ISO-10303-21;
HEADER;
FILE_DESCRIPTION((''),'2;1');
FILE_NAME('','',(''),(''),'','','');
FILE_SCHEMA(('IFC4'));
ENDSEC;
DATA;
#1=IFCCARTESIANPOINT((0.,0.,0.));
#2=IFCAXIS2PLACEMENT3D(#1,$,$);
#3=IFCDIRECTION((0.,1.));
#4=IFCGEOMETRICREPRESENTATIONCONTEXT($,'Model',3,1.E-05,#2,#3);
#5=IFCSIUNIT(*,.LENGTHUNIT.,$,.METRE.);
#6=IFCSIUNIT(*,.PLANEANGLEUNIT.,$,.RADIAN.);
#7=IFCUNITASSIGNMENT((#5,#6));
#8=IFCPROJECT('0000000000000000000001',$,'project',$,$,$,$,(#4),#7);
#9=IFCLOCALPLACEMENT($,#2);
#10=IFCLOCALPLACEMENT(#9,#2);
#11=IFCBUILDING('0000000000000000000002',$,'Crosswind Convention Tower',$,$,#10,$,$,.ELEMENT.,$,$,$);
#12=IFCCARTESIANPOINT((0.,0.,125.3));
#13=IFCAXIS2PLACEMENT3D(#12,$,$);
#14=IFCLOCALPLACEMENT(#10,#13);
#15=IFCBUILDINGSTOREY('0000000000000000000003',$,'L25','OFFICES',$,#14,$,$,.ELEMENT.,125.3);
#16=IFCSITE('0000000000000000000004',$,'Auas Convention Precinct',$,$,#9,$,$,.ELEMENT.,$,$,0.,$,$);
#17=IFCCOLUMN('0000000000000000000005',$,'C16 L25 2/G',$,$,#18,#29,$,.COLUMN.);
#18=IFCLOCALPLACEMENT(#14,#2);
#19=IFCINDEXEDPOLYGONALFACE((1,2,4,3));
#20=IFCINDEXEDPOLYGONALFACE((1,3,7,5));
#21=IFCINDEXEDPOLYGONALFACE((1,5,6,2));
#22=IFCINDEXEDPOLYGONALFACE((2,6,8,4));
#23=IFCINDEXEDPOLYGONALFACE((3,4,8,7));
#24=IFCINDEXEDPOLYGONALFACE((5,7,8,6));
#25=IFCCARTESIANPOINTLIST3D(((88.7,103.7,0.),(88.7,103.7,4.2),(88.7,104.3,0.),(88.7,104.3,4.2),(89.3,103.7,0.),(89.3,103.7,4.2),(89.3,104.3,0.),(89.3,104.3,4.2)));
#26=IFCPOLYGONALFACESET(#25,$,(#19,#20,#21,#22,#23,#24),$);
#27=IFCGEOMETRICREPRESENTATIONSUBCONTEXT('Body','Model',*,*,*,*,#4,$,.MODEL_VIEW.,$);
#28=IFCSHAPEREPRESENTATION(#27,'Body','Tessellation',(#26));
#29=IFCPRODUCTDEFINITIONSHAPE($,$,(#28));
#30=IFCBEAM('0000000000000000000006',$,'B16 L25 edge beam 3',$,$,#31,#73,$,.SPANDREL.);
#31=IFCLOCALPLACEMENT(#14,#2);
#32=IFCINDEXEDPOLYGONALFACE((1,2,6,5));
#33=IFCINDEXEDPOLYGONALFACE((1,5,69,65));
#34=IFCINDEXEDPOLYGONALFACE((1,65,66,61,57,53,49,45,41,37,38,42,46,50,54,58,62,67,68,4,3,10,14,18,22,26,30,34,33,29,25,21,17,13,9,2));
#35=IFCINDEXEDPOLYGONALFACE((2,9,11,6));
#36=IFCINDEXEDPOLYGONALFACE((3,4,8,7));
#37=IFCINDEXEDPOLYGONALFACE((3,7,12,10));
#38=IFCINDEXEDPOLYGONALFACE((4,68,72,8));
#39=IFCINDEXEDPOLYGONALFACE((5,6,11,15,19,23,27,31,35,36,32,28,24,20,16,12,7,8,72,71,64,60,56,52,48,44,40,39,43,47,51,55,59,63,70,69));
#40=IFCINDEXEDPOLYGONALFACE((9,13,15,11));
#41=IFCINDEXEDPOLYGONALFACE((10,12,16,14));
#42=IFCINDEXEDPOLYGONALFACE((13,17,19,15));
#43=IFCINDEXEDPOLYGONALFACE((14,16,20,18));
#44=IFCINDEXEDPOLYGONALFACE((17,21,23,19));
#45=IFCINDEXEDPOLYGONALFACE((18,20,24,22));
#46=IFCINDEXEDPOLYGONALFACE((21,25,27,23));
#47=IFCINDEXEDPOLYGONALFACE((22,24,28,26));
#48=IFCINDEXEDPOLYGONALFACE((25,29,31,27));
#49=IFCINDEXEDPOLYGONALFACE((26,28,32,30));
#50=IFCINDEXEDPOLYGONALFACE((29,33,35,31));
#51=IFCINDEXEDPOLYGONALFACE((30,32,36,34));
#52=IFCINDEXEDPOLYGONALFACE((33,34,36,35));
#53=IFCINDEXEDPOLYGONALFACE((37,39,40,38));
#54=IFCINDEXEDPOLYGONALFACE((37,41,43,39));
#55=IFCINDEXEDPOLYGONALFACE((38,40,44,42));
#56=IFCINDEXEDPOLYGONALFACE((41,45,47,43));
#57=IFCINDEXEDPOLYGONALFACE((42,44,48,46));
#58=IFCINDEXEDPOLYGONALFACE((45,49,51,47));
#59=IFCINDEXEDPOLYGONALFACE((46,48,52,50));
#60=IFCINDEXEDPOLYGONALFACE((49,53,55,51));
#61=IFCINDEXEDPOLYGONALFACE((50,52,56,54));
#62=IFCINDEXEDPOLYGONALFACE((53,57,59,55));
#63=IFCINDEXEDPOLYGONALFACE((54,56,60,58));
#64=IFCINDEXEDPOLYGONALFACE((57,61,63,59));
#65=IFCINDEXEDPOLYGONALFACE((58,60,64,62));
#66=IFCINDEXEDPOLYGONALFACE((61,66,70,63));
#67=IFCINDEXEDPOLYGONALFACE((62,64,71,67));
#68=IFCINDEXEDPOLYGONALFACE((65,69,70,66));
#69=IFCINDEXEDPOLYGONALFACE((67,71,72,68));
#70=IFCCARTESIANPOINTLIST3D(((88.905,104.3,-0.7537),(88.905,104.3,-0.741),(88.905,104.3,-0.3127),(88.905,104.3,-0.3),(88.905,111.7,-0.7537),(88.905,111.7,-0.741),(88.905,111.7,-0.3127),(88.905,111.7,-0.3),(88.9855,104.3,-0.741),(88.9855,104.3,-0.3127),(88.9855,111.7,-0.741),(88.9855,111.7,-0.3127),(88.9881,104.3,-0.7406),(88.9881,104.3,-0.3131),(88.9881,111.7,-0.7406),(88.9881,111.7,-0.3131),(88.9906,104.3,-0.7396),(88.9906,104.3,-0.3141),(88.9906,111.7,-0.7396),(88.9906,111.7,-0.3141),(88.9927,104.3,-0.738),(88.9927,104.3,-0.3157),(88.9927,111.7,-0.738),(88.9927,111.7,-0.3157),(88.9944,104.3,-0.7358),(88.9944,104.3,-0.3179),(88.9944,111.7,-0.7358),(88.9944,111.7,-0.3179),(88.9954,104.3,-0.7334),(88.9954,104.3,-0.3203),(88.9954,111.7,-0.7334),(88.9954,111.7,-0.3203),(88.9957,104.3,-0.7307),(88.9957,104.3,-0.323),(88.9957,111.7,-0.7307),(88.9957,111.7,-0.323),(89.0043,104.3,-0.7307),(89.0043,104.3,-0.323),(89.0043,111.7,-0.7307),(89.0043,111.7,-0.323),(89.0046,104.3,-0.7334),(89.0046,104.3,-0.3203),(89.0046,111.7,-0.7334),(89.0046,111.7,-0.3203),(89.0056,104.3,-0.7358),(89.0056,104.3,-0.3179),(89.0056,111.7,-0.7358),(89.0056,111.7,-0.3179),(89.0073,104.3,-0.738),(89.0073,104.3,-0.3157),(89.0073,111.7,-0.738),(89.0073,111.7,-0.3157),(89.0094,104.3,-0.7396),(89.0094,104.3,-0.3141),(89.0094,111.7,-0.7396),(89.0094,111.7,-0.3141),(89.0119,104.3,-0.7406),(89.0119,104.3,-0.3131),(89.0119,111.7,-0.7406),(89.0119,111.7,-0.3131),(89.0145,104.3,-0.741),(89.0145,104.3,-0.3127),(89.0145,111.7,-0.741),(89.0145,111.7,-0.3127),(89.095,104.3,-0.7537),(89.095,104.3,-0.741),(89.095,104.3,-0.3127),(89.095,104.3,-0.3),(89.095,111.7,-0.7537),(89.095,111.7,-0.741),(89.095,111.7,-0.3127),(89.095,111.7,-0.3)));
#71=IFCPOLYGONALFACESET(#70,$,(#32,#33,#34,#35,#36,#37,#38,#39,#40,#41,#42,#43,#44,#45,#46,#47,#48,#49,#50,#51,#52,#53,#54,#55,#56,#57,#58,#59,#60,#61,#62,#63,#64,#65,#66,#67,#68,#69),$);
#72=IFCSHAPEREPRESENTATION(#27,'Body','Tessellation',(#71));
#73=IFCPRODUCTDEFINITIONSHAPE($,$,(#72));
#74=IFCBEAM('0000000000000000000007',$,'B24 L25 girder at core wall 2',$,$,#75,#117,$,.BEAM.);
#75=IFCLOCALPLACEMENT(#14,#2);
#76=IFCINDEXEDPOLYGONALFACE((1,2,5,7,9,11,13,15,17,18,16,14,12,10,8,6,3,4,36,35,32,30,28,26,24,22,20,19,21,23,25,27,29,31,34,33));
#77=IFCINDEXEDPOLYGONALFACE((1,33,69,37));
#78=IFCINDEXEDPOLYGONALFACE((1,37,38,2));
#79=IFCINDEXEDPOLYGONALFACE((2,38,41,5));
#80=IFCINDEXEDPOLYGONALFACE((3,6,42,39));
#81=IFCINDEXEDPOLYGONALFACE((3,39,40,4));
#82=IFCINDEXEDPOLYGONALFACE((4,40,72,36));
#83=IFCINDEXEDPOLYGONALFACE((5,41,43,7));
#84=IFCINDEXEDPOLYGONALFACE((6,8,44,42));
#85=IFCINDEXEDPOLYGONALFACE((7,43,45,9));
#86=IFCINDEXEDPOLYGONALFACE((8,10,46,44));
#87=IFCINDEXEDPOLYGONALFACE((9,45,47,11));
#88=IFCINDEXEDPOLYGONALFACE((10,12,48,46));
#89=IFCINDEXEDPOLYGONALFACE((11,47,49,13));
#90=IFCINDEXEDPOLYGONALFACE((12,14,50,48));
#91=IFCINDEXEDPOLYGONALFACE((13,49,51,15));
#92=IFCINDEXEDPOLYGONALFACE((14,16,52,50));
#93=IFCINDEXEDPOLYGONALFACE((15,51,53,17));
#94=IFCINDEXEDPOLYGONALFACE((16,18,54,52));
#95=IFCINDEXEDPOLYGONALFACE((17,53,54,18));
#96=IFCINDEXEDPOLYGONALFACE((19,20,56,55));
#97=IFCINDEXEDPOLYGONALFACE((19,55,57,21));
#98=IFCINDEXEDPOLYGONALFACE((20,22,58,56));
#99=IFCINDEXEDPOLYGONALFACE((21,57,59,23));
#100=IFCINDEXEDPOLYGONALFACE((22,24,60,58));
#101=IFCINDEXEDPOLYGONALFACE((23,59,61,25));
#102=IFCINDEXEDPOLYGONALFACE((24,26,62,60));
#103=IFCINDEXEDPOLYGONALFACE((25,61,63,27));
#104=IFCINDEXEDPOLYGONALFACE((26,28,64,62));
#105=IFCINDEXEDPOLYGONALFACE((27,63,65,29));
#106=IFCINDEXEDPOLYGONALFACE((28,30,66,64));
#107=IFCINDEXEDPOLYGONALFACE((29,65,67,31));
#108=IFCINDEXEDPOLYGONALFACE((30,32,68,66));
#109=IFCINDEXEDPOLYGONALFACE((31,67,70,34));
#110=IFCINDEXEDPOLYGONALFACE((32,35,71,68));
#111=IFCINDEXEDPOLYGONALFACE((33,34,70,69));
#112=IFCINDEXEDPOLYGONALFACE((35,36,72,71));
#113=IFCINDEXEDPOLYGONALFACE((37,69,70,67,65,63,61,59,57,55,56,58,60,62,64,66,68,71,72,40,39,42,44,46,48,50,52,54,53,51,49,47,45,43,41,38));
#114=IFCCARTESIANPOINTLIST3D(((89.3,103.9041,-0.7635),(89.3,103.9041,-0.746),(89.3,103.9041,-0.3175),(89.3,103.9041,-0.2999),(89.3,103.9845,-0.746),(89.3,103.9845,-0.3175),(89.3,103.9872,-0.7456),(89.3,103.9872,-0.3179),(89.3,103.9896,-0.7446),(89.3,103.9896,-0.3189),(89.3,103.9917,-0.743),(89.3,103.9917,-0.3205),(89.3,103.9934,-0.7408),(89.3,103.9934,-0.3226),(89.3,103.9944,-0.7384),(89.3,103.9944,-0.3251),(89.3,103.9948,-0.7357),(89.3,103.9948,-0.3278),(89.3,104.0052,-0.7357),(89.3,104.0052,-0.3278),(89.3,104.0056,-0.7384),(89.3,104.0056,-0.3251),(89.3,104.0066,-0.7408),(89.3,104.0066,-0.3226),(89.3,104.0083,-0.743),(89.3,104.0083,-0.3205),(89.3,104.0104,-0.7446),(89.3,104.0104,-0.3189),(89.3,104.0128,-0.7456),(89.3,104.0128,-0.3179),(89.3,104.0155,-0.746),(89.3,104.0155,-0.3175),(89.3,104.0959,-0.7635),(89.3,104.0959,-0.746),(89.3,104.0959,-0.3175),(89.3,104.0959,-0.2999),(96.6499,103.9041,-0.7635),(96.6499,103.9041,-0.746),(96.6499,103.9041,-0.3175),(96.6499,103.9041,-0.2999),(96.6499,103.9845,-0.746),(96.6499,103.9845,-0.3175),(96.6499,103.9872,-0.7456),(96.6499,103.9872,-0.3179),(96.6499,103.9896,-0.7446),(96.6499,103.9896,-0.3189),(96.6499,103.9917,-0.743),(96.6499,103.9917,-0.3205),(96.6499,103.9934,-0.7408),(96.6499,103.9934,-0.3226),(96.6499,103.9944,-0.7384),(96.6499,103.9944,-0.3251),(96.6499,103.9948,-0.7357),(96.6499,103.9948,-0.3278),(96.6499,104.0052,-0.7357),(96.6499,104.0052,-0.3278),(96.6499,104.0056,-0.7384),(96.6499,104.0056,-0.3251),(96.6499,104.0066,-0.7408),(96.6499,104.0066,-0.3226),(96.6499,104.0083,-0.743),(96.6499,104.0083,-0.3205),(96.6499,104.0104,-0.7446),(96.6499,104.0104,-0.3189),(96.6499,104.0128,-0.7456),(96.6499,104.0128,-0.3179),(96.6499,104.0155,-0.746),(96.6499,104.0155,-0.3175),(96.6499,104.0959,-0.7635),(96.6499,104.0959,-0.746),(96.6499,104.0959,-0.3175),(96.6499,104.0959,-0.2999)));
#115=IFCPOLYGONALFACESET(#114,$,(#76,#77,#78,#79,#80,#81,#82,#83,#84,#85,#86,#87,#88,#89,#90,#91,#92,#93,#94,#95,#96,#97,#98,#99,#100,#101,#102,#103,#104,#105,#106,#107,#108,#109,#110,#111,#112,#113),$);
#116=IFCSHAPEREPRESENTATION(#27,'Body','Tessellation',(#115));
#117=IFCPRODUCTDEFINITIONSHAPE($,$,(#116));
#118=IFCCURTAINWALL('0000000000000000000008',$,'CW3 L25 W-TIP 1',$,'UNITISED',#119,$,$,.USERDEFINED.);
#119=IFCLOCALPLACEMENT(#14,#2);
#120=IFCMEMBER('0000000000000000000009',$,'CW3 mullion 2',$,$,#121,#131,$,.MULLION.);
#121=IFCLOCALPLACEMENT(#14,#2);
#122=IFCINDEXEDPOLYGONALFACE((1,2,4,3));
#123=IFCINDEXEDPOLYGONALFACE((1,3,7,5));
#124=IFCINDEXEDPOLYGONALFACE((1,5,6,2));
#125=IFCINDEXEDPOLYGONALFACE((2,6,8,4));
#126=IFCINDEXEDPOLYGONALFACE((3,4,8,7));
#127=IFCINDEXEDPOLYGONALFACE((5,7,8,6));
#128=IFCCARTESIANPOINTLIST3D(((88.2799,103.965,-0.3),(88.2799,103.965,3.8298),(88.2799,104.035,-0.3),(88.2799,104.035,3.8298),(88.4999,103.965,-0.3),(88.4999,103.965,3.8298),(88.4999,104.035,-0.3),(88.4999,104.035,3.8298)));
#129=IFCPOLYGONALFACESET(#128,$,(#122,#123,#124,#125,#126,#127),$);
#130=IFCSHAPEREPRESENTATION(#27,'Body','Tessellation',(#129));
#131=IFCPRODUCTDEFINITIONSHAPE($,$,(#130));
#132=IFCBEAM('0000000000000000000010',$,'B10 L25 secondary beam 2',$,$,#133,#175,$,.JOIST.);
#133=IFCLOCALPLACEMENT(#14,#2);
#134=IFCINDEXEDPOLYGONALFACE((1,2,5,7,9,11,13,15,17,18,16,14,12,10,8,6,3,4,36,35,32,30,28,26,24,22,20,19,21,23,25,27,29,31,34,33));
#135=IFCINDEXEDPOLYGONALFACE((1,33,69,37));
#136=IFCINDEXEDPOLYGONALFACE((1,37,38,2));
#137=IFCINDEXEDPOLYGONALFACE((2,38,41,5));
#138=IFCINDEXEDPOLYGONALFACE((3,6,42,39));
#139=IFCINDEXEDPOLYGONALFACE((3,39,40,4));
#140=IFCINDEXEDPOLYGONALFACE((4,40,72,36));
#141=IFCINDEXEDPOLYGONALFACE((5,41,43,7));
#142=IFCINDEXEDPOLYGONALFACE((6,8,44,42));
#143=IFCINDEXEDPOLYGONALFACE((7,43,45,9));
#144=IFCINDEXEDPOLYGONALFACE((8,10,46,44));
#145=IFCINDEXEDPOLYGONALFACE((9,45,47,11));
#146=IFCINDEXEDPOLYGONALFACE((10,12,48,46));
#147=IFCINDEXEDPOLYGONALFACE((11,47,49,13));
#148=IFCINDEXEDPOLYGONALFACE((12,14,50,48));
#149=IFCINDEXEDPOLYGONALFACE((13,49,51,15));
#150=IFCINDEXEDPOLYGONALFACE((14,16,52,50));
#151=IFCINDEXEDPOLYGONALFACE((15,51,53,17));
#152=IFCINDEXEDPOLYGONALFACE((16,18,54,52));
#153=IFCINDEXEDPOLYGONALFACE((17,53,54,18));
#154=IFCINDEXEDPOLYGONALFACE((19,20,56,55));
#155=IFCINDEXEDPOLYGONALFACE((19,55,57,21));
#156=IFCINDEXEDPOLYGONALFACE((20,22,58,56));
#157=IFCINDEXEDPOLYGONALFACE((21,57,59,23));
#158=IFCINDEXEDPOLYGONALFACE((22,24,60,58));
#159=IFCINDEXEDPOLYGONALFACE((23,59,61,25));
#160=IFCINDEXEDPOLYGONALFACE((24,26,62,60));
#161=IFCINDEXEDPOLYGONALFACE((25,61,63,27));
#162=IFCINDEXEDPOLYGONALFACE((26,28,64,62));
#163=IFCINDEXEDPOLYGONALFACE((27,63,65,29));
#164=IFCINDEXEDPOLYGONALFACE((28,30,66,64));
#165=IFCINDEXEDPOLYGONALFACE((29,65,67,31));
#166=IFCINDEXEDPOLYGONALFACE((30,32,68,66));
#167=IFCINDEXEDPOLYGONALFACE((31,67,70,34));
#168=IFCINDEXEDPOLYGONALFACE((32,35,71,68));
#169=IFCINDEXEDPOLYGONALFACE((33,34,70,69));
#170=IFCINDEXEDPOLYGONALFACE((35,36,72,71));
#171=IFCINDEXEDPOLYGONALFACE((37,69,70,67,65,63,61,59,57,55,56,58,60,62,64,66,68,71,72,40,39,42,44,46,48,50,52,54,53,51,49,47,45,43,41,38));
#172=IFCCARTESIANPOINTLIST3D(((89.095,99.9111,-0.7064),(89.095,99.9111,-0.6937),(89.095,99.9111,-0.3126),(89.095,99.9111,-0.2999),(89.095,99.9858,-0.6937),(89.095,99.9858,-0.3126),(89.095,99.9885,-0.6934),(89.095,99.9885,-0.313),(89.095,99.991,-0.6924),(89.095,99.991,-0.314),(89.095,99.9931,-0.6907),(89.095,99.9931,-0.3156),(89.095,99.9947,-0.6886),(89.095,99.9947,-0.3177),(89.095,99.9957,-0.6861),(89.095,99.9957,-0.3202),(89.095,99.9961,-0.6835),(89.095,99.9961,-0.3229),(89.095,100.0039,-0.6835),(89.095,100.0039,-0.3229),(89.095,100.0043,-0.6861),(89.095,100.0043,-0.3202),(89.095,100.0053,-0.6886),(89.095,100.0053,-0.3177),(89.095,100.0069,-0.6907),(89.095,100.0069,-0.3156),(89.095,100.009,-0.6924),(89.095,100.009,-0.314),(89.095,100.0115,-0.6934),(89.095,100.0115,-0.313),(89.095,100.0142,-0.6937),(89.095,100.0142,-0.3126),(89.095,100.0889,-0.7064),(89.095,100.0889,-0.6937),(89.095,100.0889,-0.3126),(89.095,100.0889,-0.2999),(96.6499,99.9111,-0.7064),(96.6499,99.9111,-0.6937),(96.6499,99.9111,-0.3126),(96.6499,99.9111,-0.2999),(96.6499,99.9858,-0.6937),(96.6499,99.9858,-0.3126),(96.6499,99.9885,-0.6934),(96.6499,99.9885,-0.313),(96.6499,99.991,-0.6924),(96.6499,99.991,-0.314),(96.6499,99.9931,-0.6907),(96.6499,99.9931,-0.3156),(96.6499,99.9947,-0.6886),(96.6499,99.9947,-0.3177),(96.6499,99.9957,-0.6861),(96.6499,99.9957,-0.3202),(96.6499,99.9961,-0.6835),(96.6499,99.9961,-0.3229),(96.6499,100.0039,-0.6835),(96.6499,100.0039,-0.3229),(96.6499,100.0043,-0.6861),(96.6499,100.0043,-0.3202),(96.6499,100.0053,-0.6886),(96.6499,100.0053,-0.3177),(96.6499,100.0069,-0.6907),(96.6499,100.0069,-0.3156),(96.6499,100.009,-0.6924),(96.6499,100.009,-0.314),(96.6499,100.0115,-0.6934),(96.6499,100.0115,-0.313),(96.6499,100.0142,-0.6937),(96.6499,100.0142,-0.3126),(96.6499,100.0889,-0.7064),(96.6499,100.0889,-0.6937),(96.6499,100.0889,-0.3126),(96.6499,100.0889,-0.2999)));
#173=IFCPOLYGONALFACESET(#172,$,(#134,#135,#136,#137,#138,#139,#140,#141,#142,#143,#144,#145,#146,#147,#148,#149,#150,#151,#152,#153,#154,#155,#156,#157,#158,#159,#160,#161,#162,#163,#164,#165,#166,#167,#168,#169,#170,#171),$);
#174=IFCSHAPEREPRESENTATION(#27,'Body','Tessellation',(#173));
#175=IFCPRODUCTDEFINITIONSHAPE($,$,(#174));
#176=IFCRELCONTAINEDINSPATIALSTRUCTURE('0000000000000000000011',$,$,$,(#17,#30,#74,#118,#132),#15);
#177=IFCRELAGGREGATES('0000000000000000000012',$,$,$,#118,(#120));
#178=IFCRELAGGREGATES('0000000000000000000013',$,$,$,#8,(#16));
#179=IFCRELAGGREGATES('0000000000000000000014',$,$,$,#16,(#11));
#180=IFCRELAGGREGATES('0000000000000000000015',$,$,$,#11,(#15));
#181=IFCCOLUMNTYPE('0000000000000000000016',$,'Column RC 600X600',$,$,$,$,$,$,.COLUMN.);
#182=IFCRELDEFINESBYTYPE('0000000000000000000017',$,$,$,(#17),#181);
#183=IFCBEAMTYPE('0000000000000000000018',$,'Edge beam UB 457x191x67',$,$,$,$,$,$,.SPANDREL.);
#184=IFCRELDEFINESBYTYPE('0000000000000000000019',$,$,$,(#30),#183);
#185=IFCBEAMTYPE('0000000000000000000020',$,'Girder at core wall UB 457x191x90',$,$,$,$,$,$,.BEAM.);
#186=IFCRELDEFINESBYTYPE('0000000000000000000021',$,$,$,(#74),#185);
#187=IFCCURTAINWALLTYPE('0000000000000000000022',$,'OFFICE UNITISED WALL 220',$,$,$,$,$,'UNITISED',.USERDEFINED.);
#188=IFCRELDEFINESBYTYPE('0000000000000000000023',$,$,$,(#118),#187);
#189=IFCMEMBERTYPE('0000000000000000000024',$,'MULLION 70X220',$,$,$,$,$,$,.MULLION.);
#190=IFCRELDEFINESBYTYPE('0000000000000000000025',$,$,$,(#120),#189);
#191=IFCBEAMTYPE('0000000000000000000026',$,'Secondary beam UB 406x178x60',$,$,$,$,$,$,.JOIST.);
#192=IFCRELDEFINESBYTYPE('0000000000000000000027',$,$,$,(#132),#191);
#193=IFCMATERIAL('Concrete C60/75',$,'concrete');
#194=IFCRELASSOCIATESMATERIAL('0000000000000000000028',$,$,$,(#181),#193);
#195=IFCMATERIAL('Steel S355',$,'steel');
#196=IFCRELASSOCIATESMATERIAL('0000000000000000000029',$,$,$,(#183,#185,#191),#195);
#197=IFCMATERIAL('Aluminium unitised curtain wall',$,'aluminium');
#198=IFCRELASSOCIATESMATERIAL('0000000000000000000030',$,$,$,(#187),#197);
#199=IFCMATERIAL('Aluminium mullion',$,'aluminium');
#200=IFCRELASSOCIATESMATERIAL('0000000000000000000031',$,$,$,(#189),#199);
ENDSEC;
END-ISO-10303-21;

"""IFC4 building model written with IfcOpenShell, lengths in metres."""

from ifc_helpers import new_model, si_unit, direction, frame, origin, origin_2d, place, context, subcontext, project, spatial, rectangle, i_section, extrude, material, material_profile, profile_set, type_object, element, aggregate, save


model = new_model("IFC4")

# Units and contexts
model_context = context("Model", 3, precision=1e-05, world=origin(), true_north=direction((0.0, 1.0)))
body_context = subcontext(model_context, "Body", "Model", "MODEL_VIEW")
ifc_project = project(units=[si_unit("LENGTHUNIT", "METRE"), si_unit("PLANEANGLEUNIT", "RADIAN")], contexts=[model_context])

# Site, building, storey
site_placement = place(None, origin())
site = spatial("IfcSite", under=ifc_project, at=site_placement, Name="Auas Convention Precinct", CompositionType="ELEMENT", RefElevation=0.0)
building_placement = place(site_placement, origin())
building = spatial("IfcBuilding", under=site, at=building_placement, Name="Crosswind Convention Tower", CompositionType="ELEMENT")
storey_placement = place(building_placement, frame((0.0, 0.0, 125.3)))
storey = spatial("IfcBuildingStorey", under=building, at=storey_placement, Name="L25", Description="OFFICES", CompositionType="ELEMENT", Elevation=125.3)

# Column
ifc_material_1 = material(Name="Concrete C60/75", Category="concrete")
ifc_material_profile_1 = material_profile(ifc_material_1, rectangle(XDim=0.6001, YDim=0.6001, at=origin_2d()), Name="RC 600X600")
ifc_profile_set_1 = profile_set([ifc_material_profile_1], Name="Concrete C60/75")
column_type = type_object("IfcColumnType", Name="Column RC 600X600", PredefinedType="COLUMN", material=ifc_profile_set_1)
column_placement = place(storey_placement, frame((89.0, 104.0, 0.0), z_axis=(0.0, 0.0, 1.0), x_axis=(1.0, 0.0, 0.0)))
element("IfcColumn", 1, at=column_placement, inside=storey, type_object=column_type, Name="C16 L25 2/G", PredefinedType="COLUMN", context=body_context, shape_type="SweptSolid", body=[
    extrude(rectangle(XDim=0.6001, YDim=0.6001, at=origin_2d()), origin(), (0.0, 0.0, 1.0), 4.2),
])

# Beams
ifc_material_2 = material(Name="Steel S355", Category="steel")
ifc_material_profile_2 = material_profile(ifc_material_2, i_section(OverallWidth=0.1899, OverallDepth=0.4536, WebThickness=0.0085, FlangeThickness=0.0127, FilletRadius=0.0103, at=origin_2d()), Name="UB 457x191x67")
ifc_profile_set_2 = profile_set([ifc_material_profile_2], Name="Steel S355")
beam_type_1 = type_object("IfcBeamType", Name="Edge beam UB 457x191x67", PredefinedType="SPANDREL", material=ifc_profile_set_2)
beam_1_placement = place(storey_placement, frame((89.0, 104.3, -0.5269), z_axis=(0.0, 1.0, 0.0), x_axis=(-1.0, 0.0, 0.0)))
element("IfcBeam", 2, at=beam_1_placement, inside=storey, type_object=beam_type_1, Name="B16 L25 edge beam 3", PredefinedType="SPANDREL", context=body_context, shape_type="SweptSolid", body=[
    extrude(i_section(OverallWidth=0.1899, OverallDepth=0.4536, WebThickness=0.0085, FlangeThickness=0.0127, FilletRadius=0.0103, at=origin_2d()), origin(), (0.0, 0.0, 1.0), 7.3999),
])
ifc_material_profile_3 = material_profile(ifc_material_2, i_section(OverallWidth=0.1919, OverallDepth=0.4636, WebThickness=0.0105, FlangeThickness=0.0176, FilletRadius=0.0103, at=origin_2d()), Name="UB 457x191x90")
ifc_profile_set_3 = profile_set([ifc_material_profile_3], Name="Steel S355")
beam_type_2 = type_object("IfcBeamType", Name="Girder at core wall UB 457x191x90", PredefinedType="BEAM", material=ifc_profile_set_3)
beam_2_placement = place(storey_placement, frame((89.3, 104.0, -0.5317), z_axis=(1.0, 0.0, 0.0), x_axis=(0.0, 1.0, 0.0)))
element("IfcBeam", 3, at=beam_2_placement, inside=storey, type_object=beam_type_2, Name="B24 L25 girder at core wall 2", PredefinedType="BEAM", context=body_context, shape_type="SweptSolid", body=[
    extrude(i_section(OverallWidth=0.1919, OverallDepth=0.4636, WebThickness=0.0105, FlangeThickness=0.0176, FilletRadius=0.0103, at=origin_2d()), origin(), (0.0, 0.0, 1.0), 7.3499),
])

# Curtain wall, member
ifc_material_3 = material(Name="Aluminium unitised curtain wall", Category="aluminium")
curtain_wall_type = type_object("IfcCurtainWallType", Name="OFFICE UNITISED WALL 220", ElementType="UNITISED", PredefinedType="USERDEFINED", material=ifc_material_3)
curtain_wall_placement = place(storey_placement, origin())
curtain_wall = element("IfcCurtainWall", 4, at=curtain_wall_placement, inside=storey, type_object=curtain_wall_type, Name="CW3 L25 W-TIP 1", ObjectType="UNITISED", PredefinedType="USERDEFINED")
ifc_material_4 = material(Name="Aluminium mullion", Category="aluminium")
ifc_material_profile_4 = material_profile(ifc_material_4, rectangle(XDim=0.22, YDim=0.0701, at=origin_2d()), Name="AL 220X70")
ifc_profile_set_4 = profile_set([ifc_material_profile_4], Name="Aluminium mullion")
member_type = type_object("IfcMemberType", Name="MULLION 70X220", PredefinedType="MULLION", material=ifc_profile_set_4)
member_placement = place(storey_placement, frame((88.3899, 104.0, -0.3), z_axis=(0.0, 0.0, 1.0), x_axis=(-1.0, 0.0, 0.0)))
member = element("IfcMember", 5, at=member_placement, type_object=member_type, Name="CW3 mullion 2", PredefinedType="MULLION", context=body_context, shape_type="SweptSolid", body=[
    extrude(rectangle(XDim=0.22, YDim=0.0701, at=origin_2d()), origin(), (0.0, 0.0, 1.0), 4.1299),
])

# Beam
ifc_material_profile_5 = material_profile(ifc_material_2, i_section(OverallWidth=0.1777, OverallDepth=0.4065, WebThickness=0.0078, FlangeThickness=0.0127, FilletRadius=0.0103, at=origin_2d()), Name="UB 406x178x60")
ifc_profile_set_5 = profile_set([ifc_material_profile_5], Name="Steel S355")
beam_type_3 = type_object("IfcBeamType", Name="Secondary beam UB 406x178x60", PredefinedType="JOIST", material=ifc_profile_set_5)
for number, where, z_axis, x_axis, name in (
    (6, (89.095, 100.0, -0.5032), (1.0, 0.0, 0.0), (0.0, 1.0, 0.0), "B10 L25 secondary beam 2"),
):
    element("IfcBeam", number, at=place(storey_placement, frame(where, z_axis=z_axis, x_axis=x_axis)), inside=storey, type_object=beam_type_3, Name=name, PredefinedType="JOIST", context=body_context, shape_type="SweptSolid", body=[
        extrude(i_section(OverallWidth=0.1777, OverallDepth=0.4065, WebThickness=0.0078, FlangeThickness=0.0127, FilletRadius=0.0103, at=origin_2d()), origin(), (0.0, 0.0, 1.0), 7.5549),
    ])

aggregate(curtain_wall, [member])

save(model, "model.ifc")
